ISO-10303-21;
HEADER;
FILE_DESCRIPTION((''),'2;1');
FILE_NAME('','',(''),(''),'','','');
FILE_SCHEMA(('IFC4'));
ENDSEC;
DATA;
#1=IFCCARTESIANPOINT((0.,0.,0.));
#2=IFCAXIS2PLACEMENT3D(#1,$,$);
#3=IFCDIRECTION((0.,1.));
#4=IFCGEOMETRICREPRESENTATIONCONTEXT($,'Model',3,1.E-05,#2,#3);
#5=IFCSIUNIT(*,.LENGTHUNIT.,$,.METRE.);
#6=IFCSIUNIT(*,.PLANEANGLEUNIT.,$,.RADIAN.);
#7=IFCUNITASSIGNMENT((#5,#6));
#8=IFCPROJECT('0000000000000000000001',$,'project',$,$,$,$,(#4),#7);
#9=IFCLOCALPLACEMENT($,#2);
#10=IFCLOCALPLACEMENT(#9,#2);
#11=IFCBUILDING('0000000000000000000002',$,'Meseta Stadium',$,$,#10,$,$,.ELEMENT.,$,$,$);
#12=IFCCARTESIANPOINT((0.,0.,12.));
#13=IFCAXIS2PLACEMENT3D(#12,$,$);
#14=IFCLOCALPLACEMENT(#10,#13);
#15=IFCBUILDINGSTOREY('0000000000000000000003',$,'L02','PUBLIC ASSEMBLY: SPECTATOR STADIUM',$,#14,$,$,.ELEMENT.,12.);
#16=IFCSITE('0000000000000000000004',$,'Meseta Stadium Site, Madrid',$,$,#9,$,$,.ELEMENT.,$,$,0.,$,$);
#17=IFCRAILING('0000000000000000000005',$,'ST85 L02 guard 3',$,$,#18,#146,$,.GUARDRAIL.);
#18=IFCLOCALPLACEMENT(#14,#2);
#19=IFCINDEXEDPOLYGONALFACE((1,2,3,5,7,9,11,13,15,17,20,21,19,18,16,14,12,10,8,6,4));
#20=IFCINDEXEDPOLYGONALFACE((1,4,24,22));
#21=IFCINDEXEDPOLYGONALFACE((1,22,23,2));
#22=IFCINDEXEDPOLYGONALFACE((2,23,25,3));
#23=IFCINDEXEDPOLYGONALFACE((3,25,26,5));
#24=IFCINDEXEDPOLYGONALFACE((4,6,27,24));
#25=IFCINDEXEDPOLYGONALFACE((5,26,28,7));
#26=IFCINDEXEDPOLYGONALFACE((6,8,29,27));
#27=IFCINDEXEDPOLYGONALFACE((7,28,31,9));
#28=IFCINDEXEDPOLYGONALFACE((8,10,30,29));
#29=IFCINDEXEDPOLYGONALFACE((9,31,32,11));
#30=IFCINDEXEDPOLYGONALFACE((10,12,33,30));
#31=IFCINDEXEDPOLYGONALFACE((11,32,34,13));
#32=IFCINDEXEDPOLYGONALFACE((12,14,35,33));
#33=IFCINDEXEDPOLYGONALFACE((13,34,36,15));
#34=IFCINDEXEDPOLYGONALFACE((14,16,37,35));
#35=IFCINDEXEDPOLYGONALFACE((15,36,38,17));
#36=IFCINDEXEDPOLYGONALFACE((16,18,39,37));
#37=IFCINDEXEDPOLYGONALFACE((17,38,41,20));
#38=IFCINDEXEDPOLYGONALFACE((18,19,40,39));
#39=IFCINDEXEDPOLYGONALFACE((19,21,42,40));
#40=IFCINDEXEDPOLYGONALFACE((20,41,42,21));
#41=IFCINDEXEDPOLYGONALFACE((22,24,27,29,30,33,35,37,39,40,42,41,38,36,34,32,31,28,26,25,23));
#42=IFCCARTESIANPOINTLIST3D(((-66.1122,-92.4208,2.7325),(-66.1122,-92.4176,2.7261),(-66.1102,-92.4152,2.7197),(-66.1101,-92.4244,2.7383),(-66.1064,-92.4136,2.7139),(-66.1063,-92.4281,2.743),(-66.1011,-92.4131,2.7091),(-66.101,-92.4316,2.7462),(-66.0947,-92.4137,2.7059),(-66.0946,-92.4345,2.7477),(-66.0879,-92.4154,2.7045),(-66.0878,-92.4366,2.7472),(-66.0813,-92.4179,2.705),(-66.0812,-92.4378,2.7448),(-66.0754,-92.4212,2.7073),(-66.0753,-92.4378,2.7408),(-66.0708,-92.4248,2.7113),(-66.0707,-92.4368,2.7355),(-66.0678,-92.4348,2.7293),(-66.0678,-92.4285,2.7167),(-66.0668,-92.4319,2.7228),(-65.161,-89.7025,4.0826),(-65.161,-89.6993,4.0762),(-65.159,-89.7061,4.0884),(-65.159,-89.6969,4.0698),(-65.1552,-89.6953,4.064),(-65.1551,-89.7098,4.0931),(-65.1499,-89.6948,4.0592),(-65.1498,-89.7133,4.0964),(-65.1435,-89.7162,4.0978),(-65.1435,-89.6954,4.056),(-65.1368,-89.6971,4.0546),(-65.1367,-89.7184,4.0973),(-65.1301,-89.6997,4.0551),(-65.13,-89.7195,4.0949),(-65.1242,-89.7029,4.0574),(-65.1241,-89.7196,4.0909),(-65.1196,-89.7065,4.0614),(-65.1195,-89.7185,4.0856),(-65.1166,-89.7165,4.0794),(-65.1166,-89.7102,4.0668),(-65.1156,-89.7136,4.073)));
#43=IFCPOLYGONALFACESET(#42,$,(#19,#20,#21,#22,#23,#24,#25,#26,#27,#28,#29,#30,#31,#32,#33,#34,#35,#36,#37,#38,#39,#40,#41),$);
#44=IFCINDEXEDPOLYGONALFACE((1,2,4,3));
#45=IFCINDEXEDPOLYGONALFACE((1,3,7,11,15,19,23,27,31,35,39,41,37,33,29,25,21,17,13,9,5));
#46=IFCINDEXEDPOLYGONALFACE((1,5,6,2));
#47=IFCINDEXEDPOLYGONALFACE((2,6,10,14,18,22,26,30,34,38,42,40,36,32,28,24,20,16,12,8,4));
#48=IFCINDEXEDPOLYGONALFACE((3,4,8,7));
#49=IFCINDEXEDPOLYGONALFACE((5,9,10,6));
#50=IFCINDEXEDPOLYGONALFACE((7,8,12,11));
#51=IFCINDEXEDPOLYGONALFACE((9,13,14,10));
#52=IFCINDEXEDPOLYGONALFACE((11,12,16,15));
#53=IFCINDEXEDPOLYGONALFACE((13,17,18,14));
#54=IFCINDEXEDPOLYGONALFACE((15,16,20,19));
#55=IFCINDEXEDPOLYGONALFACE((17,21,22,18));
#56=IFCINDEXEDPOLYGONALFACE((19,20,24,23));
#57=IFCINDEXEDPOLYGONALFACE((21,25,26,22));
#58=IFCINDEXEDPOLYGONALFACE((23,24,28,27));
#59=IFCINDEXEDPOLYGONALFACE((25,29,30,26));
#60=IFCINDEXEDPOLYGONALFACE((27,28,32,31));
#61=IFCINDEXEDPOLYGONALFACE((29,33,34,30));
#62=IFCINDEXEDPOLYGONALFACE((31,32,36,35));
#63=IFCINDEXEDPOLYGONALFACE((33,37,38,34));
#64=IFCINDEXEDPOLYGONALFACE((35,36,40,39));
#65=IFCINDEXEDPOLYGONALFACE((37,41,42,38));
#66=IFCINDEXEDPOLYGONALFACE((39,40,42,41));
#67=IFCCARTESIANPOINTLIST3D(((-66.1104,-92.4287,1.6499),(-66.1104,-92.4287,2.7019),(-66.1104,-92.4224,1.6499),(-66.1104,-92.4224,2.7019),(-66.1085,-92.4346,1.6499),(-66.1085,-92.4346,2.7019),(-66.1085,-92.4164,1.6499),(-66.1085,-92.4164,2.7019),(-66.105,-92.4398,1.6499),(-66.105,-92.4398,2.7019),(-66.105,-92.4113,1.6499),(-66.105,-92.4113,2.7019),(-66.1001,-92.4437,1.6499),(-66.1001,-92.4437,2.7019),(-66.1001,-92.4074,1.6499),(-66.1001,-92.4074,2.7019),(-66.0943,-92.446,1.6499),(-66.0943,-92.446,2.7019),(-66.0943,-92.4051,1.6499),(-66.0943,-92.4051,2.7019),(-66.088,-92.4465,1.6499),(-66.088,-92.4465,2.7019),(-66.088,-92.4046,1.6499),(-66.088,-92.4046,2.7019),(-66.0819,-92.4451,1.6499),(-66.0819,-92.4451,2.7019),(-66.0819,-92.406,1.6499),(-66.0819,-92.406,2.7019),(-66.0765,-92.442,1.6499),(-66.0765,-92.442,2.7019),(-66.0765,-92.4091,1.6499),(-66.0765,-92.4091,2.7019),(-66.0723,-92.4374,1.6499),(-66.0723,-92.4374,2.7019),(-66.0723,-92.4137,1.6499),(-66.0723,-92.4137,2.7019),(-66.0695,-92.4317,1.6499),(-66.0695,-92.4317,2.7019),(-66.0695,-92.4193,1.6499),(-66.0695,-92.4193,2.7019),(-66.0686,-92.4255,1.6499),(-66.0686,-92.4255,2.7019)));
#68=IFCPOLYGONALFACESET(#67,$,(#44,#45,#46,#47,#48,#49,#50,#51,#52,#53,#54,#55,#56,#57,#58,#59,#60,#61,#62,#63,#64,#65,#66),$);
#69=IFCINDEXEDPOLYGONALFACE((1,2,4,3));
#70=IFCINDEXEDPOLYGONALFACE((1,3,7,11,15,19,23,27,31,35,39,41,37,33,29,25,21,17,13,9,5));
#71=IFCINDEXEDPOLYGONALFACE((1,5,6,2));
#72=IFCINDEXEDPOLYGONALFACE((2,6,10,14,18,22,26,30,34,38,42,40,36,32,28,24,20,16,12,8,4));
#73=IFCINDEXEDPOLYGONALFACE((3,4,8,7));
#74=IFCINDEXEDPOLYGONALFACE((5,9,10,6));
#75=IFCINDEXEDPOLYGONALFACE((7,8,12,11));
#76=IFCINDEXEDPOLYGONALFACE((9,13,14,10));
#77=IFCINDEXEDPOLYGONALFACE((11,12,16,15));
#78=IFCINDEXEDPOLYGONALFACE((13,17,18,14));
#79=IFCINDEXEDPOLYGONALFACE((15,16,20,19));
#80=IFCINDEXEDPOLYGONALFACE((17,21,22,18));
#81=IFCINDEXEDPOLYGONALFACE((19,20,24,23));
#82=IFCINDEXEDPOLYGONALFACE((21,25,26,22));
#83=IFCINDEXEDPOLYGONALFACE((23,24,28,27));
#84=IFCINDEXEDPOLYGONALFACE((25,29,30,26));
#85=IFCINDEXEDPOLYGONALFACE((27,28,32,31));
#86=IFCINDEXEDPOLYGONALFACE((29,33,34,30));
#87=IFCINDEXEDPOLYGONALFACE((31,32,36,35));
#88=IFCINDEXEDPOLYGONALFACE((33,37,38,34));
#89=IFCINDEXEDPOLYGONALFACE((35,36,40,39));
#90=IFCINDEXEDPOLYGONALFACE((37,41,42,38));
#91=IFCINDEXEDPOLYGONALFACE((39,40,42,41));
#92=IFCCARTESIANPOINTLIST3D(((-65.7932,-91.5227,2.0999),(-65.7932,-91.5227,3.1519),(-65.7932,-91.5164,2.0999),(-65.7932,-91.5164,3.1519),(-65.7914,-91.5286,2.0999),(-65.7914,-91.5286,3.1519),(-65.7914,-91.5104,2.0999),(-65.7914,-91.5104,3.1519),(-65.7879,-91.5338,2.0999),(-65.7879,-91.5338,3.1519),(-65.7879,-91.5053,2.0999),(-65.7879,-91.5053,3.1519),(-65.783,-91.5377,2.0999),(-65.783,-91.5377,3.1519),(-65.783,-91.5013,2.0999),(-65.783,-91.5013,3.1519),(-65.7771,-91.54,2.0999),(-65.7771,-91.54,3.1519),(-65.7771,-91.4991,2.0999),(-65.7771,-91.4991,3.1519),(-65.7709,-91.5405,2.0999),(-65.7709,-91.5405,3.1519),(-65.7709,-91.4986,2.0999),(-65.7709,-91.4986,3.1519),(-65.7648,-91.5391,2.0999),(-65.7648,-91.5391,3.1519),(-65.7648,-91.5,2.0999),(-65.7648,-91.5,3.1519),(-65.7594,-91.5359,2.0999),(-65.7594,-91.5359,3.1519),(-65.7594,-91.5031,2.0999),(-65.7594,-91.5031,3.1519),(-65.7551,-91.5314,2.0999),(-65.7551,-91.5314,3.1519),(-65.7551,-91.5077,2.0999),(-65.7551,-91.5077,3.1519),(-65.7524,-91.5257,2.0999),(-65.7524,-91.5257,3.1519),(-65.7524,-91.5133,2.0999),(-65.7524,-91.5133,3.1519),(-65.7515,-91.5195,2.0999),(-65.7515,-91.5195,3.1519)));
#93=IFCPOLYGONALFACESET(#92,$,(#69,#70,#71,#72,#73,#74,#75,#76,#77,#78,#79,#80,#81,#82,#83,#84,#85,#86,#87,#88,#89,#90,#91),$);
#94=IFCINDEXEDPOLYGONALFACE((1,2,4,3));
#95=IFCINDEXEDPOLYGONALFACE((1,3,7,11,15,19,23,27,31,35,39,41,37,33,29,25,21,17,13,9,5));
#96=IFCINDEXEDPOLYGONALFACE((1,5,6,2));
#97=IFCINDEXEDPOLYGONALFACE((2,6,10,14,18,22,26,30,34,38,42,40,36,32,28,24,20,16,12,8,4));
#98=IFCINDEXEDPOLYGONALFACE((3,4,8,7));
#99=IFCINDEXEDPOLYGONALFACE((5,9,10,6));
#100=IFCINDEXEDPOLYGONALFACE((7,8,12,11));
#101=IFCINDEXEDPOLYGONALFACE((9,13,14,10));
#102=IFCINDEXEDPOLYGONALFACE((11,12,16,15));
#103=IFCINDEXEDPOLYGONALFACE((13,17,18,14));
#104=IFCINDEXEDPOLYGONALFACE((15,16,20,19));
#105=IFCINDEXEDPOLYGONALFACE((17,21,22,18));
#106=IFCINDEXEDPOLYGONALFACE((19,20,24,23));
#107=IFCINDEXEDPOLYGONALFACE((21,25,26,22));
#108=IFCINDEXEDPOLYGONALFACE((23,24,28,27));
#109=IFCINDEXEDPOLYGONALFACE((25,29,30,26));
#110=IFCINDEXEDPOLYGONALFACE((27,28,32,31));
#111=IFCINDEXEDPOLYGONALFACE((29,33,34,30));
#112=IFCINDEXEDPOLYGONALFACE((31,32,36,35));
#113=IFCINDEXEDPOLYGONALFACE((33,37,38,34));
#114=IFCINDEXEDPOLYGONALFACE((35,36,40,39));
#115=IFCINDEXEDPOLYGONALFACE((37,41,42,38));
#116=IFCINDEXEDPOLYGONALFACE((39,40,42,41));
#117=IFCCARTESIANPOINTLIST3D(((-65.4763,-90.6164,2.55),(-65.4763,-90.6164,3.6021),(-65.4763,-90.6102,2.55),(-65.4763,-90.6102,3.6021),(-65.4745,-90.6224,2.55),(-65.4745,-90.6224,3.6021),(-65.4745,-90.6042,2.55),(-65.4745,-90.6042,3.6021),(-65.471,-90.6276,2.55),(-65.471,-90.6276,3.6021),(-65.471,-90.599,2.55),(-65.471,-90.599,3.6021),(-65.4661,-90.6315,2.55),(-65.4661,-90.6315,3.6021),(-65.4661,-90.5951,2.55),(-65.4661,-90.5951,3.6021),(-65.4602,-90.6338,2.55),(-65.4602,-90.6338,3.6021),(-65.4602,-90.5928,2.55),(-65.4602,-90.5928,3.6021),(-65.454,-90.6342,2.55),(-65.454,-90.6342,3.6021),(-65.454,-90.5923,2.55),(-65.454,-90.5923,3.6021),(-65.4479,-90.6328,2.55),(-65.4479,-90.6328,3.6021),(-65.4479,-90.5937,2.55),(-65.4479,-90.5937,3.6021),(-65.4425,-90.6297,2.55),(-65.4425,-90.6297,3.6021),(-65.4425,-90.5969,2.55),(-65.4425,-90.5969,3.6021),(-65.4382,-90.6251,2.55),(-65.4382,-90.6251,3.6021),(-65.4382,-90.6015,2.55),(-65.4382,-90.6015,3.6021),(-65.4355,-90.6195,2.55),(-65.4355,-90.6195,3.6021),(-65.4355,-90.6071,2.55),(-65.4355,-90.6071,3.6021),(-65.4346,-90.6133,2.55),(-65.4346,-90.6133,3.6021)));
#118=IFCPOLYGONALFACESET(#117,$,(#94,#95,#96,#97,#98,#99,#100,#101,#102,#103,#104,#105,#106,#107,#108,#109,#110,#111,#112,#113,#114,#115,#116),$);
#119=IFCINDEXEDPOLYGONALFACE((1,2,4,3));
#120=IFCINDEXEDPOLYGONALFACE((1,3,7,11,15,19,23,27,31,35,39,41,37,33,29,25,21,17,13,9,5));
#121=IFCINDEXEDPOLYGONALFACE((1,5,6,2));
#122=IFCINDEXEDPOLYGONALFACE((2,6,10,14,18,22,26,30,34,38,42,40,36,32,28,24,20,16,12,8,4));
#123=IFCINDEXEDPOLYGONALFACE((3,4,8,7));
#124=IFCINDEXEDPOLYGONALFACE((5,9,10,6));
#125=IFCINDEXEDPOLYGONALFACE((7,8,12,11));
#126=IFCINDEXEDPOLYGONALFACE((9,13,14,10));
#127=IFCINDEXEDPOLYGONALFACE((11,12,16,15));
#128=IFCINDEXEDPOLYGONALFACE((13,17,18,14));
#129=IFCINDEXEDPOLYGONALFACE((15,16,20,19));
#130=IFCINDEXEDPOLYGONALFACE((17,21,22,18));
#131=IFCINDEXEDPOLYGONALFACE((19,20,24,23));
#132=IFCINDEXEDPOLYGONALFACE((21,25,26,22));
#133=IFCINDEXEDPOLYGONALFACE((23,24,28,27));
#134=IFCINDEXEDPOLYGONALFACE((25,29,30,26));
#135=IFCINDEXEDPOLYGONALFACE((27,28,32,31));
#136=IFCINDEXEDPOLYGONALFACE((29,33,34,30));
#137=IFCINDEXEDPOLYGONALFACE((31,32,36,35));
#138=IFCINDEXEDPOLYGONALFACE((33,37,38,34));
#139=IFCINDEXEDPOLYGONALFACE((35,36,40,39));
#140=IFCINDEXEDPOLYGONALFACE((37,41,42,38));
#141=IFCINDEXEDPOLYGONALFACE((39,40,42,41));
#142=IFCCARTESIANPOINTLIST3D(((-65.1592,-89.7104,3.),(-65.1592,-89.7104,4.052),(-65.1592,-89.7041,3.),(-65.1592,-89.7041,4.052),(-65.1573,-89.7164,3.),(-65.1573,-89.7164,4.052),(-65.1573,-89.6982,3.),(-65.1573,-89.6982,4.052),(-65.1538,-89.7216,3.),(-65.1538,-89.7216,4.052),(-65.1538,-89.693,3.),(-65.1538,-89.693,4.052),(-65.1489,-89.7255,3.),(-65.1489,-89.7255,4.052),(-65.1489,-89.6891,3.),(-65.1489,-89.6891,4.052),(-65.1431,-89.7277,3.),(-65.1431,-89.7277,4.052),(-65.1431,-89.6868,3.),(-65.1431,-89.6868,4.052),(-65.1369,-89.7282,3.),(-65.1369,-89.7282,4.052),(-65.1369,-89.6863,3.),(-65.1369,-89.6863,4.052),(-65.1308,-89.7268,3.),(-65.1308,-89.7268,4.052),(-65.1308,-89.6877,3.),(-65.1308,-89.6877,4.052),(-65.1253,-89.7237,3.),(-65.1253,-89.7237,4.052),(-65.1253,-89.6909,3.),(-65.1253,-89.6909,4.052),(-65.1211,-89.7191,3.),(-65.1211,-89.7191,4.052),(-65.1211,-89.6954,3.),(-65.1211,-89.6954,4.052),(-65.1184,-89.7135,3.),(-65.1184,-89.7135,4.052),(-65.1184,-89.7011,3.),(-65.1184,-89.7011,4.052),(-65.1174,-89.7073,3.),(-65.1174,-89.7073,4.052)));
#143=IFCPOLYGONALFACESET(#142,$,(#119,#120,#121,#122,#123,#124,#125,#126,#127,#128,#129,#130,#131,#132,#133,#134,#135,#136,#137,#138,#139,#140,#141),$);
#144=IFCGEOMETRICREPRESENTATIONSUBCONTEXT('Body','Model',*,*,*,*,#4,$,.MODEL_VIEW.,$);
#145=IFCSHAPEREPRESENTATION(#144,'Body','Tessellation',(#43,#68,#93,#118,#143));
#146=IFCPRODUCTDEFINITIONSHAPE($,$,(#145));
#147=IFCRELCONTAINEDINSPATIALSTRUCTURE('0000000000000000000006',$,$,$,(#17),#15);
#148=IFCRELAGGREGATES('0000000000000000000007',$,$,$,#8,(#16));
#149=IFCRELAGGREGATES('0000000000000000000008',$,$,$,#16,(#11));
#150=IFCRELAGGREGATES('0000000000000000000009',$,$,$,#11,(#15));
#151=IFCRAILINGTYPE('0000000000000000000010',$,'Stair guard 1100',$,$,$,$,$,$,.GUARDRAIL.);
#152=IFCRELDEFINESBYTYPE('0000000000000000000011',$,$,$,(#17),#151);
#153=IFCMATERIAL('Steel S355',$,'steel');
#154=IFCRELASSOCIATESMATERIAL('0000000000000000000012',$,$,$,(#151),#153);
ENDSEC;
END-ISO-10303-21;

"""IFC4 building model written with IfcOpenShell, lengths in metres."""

from ifc_helpers import new_model, si_unit, direction, frame, origin, origin_2d, place, context, subcontext, project, spatial, circle, extrude, material, type_object, element, save


model = new_model("IFC4")

# Units and contexts
model_context = context("Model", 3, precision=1e-05, world=origin(), true_north=direction((0.0, 1.0)))
body_context = subcontext(model_context, "Body", "Model", "MODEL_VIEW")
ifc_project = project(units=[si_unit("LENGTHUNIT", "METRE"), si_unit("PLANEANGLEUNIT", "RADIAN")], contexts=[model_context])

# Site, building, storey
site_placement = place(None, origin())
site = spatial("IfcSite", under=ifc_project, at=site_placement, Name="Meseta Stadium Site, Madrid", CompositionType="ELEMENT", RefElevation=0.0)
building_placement = place(site_placement, origin())
building = spatial("IfcBuilding", under=site, at=building_placement, Name="Meseta Stadium", CompositionType="ELEMENT")
storey_placement = place(building_placement, frame((0.0, 0.0, 12.0)))
storey = spatial("IfcBuildingStorey", under=building, at=storey_placement, Name="L02", Description="PUBLIC ASSEMBLY: SPECTATOR STADIUM", CompositionType="ELEMENT", Elevation=12.0)

# Railing
ifc_material_1 = material(Name="Steel S355", Category="steel")
railing_type_1 = type_object("IfcRailingType", Name="Stair guard 1100", PredefinedType="GUARDRAIL", material=ifc_material_1)
railing_1_placement = place(storey_placement, frame((-66.0896, -92.4255, 1.6499)))
element("IfcRailing", 1, at=railing_1_placement, inside=storey, type_object=railing_type_1, Name="ST85 L02 guard 3", PredefinedType="GUARDRAIL", context=body_context, shape_type="SweptSolid", body=[
    extrude(circle(Radius=0.0239, at=origin_2d()), frame((0.0, 0.0, 1.0762), z_axis=(0.299051, 0.854629, 0.424474), x_axis=(-0.943882, 0.330282, 0.0)), (0.0, 0.0, 1.0), 3.1807),
    extrude(circle(Radius=0.021, at=origin_2d()), origin(), (0.0, 0.0, 1.0), 1.052),
    extrude(circle(Radius=0.021, at=origin_2d()), frame((0.3171, 0.906, 0.45)), (0.0, 0.0, 1.0), 1.052),
    extrude(circle(Radius=0.021, at=origin_2d()), frame((0.634, 1.8123, 0.9001)), (0.0, 0.0, 1.0), 1.052),
    extrude(circle(Radius=0.021, at=origin_2d()), frame((0.9512, 2.7183, 1.3501)), (0.0, 0.0, 1.0), 1.052),
])

save(model, "model.ifc")
